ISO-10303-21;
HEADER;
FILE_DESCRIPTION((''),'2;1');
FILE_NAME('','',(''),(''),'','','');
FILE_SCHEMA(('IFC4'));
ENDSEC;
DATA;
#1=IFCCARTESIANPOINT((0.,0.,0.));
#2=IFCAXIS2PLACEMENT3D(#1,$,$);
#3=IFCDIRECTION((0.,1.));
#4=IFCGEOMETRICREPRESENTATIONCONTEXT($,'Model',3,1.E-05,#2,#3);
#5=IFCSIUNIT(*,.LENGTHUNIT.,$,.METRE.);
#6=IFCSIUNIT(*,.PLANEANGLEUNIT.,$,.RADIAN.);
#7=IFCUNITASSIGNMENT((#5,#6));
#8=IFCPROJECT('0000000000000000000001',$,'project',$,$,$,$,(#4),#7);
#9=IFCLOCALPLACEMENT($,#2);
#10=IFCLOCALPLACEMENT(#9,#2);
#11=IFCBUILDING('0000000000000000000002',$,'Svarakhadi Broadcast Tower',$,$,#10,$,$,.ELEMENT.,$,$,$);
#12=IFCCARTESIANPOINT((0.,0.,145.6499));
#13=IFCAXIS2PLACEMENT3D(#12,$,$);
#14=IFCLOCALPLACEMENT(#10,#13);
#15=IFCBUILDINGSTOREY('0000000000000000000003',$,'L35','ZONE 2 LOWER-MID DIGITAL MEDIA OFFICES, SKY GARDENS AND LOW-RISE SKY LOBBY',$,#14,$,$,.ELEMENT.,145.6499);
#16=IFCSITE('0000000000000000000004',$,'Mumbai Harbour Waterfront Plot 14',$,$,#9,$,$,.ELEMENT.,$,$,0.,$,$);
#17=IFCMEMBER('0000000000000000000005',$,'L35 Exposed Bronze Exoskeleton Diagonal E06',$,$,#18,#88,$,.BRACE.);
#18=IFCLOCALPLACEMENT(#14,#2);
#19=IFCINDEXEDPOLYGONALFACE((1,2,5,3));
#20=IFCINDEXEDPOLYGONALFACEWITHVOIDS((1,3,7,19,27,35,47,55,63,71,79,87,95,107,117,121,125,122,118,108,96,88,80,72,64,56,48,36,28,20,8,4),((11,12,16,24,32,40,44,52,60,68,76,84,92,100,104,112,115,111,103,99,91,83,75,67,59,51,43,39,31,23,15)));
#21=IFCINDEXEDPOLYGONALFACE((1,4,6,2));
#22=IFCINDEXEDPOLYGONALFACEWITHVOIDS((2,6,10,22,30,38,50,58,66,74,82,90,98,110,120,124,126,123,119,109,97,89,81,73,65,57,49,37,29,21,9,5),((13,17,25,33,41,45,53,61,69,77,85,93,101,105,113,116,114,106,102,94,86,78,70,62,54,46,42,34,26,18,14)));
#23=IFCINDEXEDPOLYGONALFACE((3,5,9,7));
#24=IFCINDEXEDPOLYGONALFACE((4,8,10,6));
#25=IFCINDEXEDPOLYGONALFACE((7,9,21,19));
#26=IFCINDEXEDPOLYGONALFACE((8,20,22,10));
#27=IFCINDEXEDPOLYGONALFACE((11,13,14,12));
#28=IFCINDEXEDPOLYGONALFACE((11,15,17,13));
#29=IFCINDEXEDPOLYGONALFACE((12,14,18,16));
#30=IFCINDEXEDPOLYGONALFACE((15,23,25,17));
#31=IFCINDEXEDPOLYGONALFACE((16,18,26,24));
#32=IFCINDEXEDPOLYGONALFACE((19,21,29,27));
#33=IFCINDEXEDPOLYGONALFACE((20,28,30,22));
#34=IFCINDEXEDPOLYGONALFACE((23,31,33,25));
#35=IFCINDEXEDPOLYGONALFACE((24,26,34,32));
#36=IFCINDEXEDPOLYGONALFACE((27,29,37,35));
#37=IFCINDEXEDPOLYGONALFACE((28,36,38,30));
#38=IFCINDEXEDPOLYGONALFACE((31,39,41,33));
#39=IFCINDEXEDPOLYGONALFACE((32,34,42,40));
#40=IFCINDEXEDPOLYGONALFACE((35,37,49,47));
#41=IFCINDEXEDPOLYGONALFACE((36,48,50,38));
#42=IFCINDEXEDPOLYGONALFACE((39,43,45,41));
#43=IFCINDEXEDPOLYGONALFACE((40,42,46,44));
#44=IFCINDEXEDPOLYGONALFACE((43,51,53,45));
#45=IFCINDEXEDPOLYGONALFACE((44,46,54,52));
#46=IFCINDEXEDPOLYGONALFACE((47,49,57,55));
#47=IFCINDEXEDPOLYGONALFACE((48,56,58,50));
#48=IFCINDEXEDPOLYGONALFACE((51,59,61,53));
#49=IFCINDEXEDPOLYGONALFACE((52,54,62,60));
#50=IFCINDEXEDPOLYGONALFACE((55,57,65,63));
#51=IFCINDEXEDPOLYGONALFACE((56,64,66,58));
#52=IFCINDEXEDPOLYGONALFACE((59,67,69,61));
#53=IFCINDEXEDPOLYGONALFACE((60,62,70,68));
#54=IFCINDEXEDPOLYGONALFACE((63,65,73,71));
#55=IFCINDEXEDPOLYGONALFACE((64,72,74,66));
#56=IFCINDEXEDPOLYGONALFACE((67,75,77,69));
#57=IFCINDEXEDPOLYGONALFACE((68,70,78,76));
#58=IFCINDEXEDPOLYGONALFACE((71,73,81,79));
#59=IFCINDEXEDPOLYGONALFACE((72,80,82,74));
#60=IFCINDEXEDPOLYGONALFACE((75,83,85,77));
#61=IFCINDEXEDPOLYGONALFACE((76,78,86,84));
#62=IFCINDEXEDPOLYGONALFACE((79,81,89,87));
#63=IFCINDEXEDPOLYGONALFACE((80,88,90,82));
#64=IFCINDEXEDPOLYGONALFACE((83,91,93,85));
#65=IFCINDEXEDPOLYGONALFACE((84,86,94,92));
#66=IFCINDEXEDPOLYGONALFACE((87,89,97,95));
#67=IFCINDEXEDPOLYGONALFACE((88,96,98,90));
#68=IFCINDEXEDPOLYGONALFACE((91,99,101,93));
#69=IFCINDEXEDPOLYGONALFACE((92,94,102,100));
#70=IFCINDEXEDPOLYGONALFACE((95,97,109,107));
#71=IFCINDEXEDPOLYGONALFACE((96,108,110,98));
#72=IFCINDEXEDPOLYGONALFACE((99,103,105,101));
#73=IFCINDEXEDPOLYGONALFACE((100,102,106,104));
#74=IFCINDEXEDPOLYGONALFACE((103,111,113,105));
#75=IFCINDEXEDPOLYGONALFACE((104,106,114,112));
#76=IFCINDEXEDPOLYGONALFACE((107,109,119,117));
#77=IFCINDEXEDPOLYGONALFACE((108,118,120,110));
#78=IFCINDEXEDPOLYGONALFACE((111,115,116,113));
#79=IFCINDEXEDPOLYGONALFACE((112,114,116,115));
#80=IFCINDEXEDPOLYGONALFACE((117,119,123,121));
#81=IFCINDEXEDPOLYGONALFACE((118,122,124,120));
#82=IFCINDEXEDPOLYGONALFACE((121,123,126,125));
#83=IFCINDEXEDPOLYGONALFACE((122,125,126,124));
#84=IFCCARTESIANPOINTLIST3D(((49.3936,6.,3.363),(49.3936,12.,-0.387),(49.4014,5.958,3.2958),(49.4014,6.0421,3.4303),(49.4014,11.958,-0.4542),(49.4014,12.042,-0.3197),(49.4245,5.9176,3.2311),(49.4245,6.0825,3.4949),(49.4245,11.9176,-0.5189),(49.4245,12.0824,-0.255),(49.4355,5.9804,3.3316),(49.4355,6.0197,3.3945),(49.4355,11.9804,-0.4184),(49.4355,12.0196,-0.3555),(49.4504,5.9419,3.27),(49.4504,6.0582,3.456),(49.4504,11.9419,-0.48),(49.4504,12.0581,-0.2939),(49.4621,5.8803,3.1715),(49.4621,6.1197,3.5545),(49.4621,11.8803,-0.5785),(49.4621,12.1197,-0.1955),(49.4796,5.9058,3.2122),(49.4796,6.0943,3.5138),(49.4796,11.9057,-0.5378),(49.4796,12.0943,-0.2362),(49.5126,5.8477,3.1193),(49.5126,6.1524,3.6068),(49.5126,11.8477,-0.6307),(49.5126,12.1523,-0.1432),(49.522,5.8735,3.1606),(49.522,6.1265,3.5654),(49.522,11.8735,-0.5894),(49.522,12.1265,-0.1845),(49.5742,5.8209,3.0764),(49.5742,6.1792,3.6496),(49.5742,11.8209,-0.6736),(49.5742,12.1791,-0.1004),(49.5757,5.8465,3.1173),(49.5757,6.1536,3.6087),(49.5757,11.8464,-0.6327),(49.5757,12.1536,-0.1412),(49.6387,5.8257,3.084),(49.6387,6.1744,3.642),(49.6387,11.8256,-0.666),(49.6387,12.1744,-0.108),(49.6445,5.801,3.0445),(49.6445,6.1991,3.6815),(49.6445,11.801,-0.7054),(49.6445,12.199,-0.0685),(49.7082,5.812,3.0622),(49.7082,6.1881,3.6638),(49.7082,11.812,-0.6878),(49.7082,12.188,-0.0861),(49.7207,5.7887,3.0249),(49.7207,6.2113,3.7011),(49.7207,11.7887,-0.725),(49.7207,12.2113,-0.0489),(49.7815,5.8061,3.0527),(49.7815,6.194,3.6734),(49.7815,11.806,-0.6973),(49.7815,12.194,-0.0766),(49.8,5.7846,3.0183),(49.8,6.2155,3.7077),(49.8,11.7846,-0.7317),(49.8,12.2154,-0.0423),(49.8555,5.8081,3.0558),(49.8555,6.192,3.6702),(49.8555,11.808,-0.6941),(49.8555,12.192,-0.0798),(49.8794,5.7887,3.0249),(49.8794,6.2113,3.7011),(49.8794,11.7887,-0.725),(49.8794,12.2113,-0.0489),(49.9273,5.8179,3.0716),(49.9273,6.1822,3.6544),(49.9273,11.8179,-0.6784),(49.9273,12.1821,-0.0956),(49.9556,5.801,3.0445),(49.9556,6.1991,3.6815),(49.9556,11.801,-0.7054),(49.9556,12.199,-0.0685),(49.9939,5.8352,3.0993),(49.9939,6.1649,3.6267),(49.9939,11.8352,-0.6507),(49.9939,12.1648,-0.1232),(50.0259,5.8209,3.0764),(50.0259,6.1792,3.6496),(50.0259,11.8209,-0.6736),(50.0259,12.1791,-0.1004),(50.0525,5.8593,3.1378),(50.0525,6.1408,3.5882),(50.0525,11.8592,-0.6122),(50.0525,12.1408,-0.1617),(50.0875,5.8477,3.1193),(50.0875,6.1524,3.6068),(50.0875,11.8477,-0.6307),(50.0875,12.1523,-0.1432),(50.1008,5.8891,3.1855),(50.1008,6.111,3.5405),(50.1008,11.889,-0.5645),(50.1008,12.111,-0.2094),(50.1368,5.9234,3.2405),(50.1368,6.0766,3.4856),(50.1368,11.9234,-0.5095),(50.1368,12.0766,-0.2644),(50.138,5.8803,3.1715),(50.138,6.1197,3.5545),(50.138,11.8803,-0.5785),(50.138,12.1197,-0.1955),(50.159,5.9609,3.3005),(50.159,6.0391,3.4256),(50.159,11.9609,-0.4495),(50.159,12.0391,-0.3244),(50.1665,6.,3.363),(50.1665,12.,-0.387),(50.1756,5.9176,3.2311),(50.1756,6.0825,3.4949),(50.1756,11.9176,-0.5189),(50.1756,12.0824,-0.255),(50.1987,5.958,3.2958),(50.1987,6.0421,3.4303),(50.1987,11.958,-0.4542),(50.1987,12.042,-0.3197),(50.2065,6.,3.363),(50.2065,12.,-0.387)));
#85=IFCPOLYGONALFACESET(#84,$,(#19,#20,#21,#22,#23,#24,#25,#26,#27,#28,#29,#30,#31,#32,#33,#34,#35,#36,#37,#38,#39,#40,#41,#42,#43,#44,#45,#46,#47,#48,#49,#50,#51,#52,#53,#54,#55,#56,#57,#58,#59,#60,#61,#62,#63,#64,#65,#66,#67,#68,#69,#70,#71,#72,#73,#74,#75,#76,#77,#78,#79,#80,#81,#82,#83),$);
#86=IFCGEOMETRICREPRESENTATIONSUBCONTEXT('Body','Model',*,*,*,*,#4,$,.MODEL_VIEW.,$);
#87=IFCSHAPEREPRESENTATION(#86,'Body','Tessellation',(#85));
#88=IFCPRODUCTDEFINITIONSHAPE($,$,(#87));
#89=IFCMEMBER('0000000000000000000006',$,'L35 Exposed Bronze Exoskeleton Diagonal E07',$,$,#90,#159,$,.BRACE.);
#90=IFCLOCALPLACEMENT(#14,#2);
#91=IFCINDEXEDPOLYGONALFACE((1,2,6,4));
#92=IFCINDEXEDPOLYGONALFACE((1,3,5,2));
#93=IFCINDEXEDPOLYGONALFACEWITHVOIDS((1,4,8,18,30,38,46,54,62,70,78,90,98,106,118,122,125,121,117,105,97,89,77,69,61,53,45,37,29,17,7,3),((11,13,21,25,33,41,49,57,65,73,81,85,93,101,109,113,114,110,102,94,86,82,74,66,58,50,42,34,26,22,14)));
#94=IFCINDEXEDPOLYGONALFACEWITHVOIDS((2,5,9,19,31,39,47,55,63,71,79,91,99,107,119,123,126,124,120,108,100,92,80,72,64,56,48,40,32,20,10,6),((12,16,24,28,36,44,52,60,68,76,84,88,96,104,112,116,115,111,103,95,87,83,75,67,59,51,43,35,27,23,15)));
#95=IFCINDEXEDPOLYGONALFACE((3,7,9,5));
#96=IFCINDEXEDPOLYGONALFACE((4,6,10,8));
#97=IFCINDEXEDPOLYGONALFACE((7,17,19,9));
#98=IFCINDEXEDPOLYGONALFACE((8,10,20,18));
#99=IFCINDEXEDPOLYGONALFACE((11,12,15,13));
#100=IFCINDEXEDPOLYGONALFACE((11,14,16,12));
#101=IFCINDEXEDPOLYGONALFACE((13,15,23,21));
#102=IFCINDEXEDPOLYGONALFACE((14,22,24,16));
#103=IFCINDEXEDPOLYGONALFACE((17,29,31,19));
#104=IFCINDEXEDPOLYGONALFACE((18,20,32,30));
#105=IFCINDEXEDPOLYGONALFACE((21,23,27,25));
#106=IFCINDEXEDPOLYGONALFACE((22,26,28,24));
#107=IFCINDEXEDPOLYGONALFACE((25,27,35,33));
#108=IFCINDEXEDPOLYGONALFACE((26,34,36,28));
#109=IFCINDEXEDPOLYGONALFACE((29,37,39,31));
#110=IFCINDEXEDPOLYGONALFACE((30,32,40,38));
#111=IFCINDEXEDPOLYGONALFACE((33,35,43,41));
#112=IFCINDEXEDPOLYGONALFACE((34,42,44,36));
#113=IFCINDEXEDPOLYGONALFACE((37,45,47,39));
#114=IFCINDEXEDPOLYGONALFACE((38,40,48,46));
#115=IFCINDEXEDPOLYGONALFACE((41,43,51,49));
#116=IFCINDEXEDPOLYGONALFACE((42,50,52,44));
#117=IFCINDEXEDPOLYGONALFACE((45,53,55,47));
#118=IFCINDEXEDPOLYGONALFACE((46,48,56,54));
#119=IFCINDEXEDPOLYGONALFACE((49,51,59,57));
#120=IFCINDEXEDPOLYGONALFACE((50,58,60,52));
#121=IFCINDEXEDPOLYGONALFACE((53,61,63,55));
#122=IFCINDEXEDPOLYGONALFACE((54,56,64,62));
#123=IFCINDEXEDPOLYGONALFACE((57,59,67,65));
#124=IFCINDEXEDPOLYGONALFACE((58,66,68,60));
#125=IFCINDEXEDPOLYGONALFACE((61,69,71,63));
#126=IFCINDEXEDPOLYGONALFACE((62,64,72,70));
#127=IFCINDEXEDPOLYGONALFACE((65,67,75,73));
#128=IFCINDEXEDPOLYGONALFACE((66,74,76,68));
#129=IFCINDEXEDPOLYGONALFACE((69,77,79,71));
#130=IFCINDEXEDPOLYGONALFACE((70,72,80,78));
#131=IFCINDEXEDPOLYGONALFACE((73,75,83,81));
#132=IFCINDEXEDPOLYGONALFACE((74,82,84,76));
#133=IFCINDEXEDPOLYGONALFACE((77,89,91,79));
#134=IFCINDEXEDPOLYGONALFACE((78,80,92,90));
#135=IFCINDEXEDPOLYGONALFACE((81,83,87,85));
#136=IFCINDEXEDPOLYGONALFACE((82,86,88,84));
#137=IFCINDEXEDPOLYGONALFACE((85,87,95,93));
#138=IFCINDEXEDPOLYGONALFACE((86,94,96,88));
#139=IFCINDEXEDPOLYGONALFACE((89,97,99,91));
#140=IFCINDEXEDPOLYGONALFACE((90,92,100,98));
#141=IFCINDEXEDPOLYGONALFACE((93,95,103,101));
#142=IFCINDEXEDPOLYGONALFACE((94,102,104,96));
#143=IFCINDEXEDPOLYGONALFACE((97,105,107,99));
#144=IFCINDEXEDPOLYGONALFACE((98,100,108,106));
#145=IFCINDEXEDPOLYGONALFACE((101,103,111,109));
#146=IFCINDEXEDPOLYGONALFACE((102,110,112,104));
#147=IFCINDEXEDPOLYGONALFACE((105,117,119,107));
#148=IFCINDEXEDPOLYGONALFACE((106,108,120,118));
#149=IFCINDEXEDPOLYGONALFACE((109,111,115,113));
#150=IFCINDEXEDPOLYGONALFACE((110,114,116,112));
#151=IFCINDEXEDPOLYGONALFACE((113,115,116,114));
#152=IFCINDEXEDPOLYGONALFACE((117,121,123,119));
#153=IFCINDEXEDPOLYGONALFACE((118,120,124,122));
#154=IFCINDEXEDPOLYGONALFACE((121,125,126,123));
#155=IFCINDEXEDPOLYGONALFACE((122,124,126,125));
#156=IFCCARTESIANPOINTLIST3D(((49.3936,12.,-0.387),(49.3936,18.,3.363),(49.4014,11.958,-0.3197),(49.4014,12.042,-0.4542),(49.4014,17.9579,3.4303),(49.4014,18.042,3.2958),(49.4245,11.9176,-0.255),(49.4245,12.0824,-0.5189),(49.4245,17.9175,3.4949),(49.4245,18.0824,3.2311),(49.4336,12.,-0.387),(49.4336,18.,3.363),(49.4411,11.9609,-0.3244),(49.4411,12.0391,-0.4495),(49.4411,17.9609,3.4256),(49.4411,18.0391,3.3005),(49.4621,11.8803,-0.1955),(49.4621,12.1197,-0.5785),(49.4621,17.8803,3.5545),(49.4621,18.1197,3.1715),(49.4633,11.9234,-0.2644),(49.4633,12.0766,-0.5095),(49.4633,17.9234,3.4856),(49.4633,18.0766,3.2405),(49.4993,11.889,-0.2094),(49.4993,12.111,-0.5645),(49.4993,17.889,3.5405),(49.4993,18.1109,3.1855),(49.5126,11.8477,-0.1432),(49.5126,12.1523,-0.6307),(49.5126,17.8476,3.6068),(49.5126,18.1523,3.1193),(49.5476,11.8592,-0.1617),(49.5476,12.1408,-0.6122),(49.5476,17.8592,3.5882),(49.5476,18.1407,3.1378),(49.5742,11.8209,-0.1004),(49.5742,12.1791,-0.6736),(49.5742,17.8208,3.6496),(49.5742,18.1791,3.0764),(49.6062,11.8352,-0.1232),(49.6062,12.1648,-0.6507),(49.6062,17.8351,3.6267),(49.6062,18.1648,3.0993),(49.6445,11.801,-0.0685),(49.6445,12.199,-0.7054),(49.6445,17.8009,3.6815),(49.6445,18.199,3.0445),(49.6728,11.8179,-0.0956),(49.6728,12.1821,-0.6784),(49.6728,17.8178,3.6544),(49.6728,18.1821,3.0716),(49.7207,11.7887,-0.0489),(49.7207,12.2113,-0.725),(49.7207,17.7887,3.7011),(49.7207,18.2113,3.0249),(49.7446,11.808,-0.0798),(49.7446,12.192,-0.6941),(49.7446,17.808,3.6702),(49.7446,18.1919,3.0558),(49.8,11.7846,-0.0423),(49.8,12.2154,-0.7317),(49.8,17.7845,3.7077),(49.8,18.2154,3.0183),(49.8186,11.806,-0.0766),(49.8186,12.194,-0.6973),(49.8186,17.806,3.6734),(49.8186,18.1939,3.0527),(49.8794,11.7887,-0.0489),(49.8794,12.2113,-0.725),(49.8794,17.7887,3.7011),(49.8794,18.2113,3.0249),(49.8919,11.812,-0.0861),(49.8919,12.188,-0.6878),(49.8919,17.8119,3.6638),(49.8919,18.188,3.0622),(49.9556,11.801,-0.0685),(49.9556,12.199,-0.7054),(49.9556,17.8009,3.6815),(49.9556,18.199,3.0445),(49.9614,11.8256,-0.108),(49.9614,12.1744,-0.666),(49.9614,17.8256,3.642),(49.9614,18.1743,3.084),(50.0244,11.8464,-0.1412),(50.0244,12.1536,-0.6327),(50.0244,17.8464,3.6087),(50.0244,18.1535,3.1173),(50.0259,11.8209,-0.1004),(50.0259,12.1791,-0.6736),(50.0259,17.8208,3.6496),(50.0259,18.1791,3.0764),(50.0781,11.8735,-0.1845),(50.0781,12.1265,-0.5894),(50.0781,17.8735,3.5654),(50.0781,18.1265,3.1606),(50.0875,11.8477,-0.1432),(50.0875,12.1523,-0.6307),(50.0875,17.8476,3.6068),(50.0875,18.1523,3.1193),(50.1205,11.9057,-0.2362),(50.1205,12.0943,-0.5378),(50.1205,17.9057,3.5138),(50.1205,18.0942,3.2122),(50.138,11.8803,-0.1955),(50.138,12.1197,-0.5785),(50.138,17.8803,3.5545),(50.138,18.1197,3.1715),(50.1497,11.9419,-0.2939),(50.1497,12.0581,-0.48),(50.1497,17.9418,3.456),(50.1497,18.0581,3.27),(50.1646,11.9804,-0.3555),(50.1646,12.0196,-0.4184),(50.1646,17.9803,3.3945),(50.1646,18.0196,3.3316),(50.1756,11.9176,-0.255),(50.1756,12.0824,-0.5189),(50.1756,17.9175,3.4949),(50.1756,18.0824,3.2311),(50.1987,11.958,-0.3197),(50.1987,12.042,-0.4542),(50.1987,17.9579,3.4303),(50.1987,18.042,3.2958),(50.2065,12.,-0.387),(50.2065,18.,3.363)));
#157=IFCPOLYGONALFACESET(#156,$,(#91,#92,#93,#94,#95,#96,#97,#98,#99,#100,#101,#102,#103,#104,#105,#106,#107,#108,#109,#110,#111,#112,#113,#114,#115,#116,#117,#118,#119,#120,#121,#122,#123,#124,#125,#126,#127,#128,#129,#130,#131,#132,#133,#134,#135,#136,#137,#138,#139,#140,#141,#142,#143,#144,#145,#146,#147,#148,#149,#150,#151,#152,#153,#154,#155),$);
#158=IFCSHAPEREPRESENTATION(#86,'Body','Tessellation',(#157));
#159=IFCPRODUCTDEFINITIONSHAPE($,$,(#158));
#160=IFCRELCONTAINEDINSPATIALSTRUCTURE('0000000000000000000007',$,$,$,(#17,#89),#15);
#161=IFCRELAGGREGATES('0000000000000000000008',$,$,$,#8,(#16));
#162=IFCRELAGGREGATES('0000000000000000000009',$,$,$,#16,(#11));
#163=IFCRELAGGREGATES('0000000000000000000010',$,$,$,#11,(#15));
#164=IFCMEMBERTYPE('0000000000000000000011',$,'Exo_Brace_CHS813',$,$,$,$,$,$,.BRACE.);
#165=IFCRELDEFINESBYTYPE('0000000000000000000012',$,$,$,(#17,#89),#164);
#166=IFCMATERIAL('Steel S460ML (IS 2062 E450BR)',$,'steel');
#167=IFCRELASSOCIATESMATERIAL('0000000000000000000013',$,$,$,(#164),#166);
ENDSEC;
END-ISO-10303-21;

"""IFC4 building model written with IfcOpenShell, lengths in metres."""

from ifc_helpers import new_model, si_unit, direction, frame, origin, origin_2d, place, context, subcontext, project, spatial, hollow_circle, extrude, material, material_profile, profile_set, type_object, element, save


model = new_model("IFC4")

# Units and contexts
model_context = context("Model", 3, precision=1e-05, world=origin(), true_north=direction((0.0, 1.0)))
body_context = subcontext(model_context, "Body", "Model", "MODEL_VIEW")
ifc_project = project(units=[si_unit("LENGTHUNIT", "METRE"), si_unit("PLANEANGLEUNIT", "RADIAN")], contexts=[model_context])

# Site, building, storey
site_placement = place(None, origin())
site = spatial("IfcSite", under=ifc_project, at=site_placement, Name="Mumbai Harbour Waterfront Plot 14", CompositionType="ELEMENT", RefElevation=0.0)
building_placement = place(site_placement, origin())
building = spatial("IfcBuilding", under=site, at=building_placement, Name="Svarakhadi Broadcast Tower", CompositionType="ELEMENT")
storey_placement = place(building_placement, frame((0.0, 0.0, 145.6499)))
storey = spatial("IfcBuildingStorey", under=building, at=storey_placement, Name="L35", Description="ZONE 2 LOWER-MID DIGITAL MEDIA OFFICES, SKY GARDENS AND LOW-RISE SKY LOBBY", CompositionType="ELEMENT", Elevation=145.6499)

# Shared definitions
ifc_material_1 = material(Name="Steel S460ML (IS 2062 E450BR)", Category="steel")

# Members
ifc_material_profile_1 = material_profile(ifc_material_1, hollow_circle(Radius=0.4065, WallThickness=0.04, at=origin_2d()), Name="CHS 813x40")
ifc_profile_set_1 = profile_set([ifc_material_profile_1], Name="Steel S460ML (IS 2062 E450BR)")
member_type_1 = type_object("IfcMemberType", Name="Exo_Brace_CHS813", PredefinedType="BRACE", material=ifc_profile_set_1)
for number, where, z_axis, x_axis, name in (
    (1, (49.8, 12.0, -0.387), (0.0, -0.847998, 0.529999), (1.0, 0.0, 0.0), "L35 Exposed Bronze Exoskeleton Diagonal E06"),
    (2, (49.8, 12.0, -0.387), (0.0, 0.847998, 0.529999), (-1.0, 0.0, 0.0), "L35 Exposed Bronze Exoskeleton Diagonal E07"),
):
    element("IfcMember", number, at=place(storey_placement, frame(where, z_axis=z_axis, x_axis=x_axis)), inside=storey, type_object=member_type_1, Name=name, PredefinedType="BRACE", context=body_context, shape_type="SweptSolid", body=[
        extrude(hollow_circle(Radius=0.4065, WallThickness=0.04, at=origin_2d()), origin(), (0.0, 0.0, 1.0), 7.0754),
    ])

save(model, "model.ifc")
